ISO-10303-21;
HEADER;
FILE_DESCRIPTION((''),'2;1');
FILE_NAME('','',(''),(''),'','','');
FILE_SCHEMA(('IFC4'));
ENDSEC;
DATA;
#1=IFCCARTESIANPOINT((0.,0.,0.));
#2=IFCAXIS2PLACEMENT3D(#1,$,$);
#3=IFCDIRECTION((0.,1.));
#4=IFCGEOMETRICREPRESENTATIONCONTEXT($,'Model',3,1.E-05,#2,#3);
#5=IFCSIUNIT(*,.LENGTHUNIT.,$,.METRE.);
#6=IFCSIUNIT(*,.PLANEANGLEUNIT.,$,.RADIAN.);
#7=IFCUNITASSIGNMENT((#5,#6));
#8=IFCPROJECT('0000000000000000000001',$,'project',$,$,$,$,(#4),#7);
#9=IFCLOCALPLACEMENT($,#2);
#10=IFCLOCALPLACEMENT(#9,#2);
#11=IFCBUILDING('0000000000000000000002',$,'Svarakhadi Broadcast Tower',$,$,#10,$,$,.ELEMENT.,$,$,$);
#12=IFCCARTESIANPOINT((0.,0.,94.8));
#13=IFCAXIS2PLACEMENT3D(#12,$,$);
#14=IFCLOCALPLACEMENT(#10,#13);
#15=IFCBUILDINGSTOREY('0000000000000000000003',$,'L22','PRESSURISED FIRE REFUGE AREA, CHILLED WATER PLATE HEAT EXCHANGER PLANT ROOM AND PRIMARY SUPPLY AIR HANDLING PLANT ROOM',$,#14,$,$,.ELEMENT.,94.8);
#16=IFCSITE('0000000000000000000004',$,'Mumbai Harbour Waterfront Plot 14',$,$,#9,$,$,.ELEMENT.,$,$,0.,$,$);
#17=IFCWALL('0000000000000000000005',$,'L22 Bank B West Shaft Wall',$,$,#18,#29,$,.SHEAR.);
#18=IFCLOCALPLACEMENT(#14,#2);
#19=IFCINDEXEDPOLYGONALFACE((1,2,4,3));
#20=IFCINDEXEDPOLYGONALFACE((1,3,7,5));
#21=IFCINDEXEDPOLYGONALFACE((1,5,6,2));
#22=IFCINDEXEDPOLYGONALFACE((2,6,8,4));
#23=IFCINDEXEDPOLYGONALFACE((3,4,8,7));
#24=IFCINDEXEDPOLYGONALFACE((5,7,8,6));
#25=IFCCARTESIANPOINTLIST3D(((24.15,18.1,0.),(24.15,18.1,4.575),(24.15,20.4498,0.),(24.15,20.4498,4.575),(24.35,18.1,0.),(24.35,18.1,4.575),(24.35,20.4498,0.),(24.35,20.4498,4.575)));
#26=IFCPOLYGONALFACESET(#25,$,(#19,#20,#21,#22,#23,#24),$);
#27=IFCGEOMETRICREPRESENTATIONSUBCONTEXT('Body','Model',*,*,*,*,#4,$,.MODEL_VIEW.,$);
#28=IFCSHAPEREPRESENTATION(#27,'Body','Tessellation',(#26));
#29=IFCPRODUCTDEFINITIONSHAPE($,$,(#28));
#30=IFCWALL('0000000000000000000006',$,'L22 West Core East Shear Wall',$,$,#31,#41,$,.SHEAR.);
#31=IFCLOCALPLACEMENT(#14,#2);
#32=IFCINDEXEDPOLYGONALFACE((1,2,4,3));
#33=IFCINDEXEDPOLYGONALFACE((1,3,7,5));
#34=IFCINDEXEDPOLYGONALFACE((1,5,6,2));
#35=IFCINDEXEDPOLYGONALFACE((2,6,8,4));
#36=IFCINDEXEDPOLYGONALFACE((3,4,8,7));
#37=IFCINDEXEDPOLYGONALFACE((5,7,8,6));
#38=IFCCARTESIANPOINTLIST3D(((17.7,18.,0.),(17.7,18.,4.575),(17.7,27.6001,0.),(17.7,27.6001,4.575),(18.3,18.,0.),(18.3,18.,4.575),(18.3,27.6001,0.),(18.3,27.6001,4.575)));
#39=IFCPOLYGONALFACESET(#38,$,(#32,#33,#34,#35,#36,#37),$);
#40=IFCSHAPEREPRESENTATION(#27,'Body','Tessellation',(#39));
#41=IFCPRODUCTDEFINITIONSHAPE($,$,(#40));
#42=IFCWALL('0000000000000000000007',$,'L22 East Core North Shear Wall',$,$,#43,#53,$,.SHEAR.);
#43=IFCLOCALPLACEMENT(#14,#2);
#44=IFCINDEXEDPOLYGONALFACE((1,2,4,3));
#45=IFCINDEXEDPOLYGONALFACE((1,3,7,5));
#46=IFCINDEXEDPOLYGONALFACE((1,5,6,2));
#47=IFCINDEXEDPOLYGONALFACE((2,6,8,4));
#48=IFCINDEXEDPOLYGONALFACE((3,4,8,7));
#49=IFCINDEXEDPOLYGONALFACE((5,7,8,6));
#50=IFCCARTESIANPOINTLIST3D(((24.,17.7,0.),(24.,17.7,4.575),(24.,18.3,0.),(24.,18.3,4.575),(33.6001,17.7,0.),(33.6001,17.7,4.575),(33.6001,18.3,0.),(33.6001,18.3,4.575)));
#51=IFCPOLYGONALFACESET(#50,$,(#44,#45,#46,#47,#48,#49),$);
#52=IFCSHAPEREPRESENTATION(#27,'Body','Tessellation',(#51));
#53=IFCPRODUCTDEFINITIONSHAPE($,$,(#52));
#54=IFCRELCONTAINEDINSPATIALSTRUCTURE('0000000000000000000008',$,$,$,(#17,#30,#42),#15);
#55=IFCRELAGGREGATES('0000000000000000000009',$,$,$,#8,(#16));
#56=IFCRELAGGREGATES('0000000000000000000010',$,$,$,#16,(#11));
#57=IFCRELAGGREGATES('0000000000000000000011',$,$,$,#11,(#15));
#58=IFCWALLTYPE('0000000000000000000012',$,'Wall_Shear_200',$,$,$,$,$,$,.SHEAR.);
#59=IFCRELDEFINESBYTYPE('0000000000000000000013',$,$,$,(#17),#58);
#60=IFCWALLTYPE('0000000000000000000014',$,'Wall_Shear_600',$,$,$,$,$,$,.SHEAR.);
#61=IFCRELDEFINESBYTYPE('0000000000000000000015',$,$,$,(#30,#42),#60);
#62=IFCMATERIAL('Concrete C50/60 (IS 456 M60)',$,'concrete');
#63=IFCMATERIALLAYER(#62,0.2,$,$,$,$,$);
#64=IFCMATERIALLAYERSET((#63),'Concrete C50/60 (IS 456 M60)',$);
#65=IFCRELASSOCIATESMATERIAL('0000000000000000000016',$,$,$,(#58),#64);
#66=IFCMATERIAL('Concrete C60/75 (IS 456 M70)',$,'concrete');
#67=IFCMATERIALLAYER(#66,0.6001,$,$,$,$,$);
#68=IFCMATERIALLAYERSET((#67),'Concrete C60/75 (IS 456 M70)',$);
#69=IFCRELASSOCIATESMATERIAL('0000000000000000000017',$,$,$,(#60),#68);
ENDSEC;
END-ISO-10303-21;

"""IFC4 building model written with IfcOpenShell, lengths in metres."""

from ifc_helpers import new_model, si_unit, direction, frame, frame_2d, origin, place, context, subcontext, project, spatial, rectangle, extrude, material, layer, layer_set, type_object, element, save


model = new_model("IFC4")

# Units and contexts
model_context = context("Model", 3, precision=1e-05, world=origin(), true_north=direction((0.0, 1.0)))
body_context = subcontext(model_context, "Body", "Model", "MODEL_VIEW")
ifc_project = project(units=[si_unit("LENGTHUNIT", "METRE"), si_unit("PLANEANGLEUNIT", "RADIAN")], contexts=[model_context])

# Site, building, storey
site_placement = place(None, origin())
site = spatial("IfcSite", under=ifc_project, at=site_placement, Name="Mumbai Harbour Waterfront Plot 14", CompositionType="ELEMENT", RefElevation=0.0)
building_placement = place(site_placement, origin())
building = spatial("IfcBuilding", under=site, at=building_placement, Name="Svarakhadi Broadcast Tower", CompositionType="ELEMENT")
storey_placement = place(building_placement, frame((0.0, 0.0, 94.8)))
storey = spatial("IfcBuildingStorey", under=building, at=storey_placement, Name="L22", Description="PRESSURISED FIRE REFUGE AREA, CHILLED WATER PLATE HEAT EXCHANGER PLANT ROOM AND PRIMARY SUPPLY AIR HANDLING PLANT ROOM", CompositionType="ELEMENT", Elevation=94.8)

# Shared definitions
ifc_material_1 = material(Name="Concrete C60/75 (IS 456 M70)", Category="concrete")

# Walls
ifc_material_2 = material(Name="Concrete C50/60 (IS 456 M60)", Category="concrete")
ifc_layer_1 = layer(ifc_material_2, 0.2)
ifc_layer_set_1 = layer_set([ifc_layer_1], Name="Concrete C50/60 (IS 456 M60)")
wall_type_1 = type_object("IfcWallType", Name="Wall_Shear_200", PredefinedType="SHEAR", material=ifc_layer_set_1)
wall_1_placement = place(storey_placement, frame((24.25, 18.1001, 0.0), z_axis=(0.0, 0.0, 1.0), x_axis=(0.0, 1.0, 0.0)))
element("IfcWall", 1, at=wall_1_placement, inside=storey, type_object=wall_type_1, Name="L22 Bank B West Shaft Wall", PredefinedType="SHEAR", context=body_context, shape_type="SweptSolid", body=[
    extrude(rectangle(XDim=2.3499, YDim=0.2, at=frame_2d((1.1748, 0.0))), origin(), (0.0, 0.0, 1.0), 4.575),
])
ifc_layer_2 = layer(ifc_material_1, 0.6001)
ifc_layer_set_2 = layer_set([ifc_layer_2], Name="Concrete C60/75 (IS 456 M70)")
wall_type_2 = type_object("IfcWallType", Name="Wall_Shear_600", PredefinedType="SHEAR", material=ifc_layer_set_2)
for number, where, z_axis, x_axis, name in (
    (2, (18.0, 18.0, 0.0), (0.0, 0.0, 1.0), (0.0, 1.0, 0.0), "L22 West Core East Shear Wall"),
    (3, (24.0, 18.0, 0.0), (0.0, 0.0, 1.0), (1.0, 0.0, 0.0), "L22 East Core North Shear Wall"),
):
    element("IfcWall", number, at=place(storey_placement, frame(where, z_axis=z_axis, x_axis=x_axis)), inside=storey, type_object=wall_type_2, Name=name, PredefinedType="SHEAR", context=body_context, shape_type="SweptSolid", body=[
        extrude(rectangle(XDim=9.6001, YDim=0.6001, at=frame_2d((4.8, 0.0))), origin(), (0.0, 0.0, 1.0), 4.575),
    ])

save(model, "model.ifc")
